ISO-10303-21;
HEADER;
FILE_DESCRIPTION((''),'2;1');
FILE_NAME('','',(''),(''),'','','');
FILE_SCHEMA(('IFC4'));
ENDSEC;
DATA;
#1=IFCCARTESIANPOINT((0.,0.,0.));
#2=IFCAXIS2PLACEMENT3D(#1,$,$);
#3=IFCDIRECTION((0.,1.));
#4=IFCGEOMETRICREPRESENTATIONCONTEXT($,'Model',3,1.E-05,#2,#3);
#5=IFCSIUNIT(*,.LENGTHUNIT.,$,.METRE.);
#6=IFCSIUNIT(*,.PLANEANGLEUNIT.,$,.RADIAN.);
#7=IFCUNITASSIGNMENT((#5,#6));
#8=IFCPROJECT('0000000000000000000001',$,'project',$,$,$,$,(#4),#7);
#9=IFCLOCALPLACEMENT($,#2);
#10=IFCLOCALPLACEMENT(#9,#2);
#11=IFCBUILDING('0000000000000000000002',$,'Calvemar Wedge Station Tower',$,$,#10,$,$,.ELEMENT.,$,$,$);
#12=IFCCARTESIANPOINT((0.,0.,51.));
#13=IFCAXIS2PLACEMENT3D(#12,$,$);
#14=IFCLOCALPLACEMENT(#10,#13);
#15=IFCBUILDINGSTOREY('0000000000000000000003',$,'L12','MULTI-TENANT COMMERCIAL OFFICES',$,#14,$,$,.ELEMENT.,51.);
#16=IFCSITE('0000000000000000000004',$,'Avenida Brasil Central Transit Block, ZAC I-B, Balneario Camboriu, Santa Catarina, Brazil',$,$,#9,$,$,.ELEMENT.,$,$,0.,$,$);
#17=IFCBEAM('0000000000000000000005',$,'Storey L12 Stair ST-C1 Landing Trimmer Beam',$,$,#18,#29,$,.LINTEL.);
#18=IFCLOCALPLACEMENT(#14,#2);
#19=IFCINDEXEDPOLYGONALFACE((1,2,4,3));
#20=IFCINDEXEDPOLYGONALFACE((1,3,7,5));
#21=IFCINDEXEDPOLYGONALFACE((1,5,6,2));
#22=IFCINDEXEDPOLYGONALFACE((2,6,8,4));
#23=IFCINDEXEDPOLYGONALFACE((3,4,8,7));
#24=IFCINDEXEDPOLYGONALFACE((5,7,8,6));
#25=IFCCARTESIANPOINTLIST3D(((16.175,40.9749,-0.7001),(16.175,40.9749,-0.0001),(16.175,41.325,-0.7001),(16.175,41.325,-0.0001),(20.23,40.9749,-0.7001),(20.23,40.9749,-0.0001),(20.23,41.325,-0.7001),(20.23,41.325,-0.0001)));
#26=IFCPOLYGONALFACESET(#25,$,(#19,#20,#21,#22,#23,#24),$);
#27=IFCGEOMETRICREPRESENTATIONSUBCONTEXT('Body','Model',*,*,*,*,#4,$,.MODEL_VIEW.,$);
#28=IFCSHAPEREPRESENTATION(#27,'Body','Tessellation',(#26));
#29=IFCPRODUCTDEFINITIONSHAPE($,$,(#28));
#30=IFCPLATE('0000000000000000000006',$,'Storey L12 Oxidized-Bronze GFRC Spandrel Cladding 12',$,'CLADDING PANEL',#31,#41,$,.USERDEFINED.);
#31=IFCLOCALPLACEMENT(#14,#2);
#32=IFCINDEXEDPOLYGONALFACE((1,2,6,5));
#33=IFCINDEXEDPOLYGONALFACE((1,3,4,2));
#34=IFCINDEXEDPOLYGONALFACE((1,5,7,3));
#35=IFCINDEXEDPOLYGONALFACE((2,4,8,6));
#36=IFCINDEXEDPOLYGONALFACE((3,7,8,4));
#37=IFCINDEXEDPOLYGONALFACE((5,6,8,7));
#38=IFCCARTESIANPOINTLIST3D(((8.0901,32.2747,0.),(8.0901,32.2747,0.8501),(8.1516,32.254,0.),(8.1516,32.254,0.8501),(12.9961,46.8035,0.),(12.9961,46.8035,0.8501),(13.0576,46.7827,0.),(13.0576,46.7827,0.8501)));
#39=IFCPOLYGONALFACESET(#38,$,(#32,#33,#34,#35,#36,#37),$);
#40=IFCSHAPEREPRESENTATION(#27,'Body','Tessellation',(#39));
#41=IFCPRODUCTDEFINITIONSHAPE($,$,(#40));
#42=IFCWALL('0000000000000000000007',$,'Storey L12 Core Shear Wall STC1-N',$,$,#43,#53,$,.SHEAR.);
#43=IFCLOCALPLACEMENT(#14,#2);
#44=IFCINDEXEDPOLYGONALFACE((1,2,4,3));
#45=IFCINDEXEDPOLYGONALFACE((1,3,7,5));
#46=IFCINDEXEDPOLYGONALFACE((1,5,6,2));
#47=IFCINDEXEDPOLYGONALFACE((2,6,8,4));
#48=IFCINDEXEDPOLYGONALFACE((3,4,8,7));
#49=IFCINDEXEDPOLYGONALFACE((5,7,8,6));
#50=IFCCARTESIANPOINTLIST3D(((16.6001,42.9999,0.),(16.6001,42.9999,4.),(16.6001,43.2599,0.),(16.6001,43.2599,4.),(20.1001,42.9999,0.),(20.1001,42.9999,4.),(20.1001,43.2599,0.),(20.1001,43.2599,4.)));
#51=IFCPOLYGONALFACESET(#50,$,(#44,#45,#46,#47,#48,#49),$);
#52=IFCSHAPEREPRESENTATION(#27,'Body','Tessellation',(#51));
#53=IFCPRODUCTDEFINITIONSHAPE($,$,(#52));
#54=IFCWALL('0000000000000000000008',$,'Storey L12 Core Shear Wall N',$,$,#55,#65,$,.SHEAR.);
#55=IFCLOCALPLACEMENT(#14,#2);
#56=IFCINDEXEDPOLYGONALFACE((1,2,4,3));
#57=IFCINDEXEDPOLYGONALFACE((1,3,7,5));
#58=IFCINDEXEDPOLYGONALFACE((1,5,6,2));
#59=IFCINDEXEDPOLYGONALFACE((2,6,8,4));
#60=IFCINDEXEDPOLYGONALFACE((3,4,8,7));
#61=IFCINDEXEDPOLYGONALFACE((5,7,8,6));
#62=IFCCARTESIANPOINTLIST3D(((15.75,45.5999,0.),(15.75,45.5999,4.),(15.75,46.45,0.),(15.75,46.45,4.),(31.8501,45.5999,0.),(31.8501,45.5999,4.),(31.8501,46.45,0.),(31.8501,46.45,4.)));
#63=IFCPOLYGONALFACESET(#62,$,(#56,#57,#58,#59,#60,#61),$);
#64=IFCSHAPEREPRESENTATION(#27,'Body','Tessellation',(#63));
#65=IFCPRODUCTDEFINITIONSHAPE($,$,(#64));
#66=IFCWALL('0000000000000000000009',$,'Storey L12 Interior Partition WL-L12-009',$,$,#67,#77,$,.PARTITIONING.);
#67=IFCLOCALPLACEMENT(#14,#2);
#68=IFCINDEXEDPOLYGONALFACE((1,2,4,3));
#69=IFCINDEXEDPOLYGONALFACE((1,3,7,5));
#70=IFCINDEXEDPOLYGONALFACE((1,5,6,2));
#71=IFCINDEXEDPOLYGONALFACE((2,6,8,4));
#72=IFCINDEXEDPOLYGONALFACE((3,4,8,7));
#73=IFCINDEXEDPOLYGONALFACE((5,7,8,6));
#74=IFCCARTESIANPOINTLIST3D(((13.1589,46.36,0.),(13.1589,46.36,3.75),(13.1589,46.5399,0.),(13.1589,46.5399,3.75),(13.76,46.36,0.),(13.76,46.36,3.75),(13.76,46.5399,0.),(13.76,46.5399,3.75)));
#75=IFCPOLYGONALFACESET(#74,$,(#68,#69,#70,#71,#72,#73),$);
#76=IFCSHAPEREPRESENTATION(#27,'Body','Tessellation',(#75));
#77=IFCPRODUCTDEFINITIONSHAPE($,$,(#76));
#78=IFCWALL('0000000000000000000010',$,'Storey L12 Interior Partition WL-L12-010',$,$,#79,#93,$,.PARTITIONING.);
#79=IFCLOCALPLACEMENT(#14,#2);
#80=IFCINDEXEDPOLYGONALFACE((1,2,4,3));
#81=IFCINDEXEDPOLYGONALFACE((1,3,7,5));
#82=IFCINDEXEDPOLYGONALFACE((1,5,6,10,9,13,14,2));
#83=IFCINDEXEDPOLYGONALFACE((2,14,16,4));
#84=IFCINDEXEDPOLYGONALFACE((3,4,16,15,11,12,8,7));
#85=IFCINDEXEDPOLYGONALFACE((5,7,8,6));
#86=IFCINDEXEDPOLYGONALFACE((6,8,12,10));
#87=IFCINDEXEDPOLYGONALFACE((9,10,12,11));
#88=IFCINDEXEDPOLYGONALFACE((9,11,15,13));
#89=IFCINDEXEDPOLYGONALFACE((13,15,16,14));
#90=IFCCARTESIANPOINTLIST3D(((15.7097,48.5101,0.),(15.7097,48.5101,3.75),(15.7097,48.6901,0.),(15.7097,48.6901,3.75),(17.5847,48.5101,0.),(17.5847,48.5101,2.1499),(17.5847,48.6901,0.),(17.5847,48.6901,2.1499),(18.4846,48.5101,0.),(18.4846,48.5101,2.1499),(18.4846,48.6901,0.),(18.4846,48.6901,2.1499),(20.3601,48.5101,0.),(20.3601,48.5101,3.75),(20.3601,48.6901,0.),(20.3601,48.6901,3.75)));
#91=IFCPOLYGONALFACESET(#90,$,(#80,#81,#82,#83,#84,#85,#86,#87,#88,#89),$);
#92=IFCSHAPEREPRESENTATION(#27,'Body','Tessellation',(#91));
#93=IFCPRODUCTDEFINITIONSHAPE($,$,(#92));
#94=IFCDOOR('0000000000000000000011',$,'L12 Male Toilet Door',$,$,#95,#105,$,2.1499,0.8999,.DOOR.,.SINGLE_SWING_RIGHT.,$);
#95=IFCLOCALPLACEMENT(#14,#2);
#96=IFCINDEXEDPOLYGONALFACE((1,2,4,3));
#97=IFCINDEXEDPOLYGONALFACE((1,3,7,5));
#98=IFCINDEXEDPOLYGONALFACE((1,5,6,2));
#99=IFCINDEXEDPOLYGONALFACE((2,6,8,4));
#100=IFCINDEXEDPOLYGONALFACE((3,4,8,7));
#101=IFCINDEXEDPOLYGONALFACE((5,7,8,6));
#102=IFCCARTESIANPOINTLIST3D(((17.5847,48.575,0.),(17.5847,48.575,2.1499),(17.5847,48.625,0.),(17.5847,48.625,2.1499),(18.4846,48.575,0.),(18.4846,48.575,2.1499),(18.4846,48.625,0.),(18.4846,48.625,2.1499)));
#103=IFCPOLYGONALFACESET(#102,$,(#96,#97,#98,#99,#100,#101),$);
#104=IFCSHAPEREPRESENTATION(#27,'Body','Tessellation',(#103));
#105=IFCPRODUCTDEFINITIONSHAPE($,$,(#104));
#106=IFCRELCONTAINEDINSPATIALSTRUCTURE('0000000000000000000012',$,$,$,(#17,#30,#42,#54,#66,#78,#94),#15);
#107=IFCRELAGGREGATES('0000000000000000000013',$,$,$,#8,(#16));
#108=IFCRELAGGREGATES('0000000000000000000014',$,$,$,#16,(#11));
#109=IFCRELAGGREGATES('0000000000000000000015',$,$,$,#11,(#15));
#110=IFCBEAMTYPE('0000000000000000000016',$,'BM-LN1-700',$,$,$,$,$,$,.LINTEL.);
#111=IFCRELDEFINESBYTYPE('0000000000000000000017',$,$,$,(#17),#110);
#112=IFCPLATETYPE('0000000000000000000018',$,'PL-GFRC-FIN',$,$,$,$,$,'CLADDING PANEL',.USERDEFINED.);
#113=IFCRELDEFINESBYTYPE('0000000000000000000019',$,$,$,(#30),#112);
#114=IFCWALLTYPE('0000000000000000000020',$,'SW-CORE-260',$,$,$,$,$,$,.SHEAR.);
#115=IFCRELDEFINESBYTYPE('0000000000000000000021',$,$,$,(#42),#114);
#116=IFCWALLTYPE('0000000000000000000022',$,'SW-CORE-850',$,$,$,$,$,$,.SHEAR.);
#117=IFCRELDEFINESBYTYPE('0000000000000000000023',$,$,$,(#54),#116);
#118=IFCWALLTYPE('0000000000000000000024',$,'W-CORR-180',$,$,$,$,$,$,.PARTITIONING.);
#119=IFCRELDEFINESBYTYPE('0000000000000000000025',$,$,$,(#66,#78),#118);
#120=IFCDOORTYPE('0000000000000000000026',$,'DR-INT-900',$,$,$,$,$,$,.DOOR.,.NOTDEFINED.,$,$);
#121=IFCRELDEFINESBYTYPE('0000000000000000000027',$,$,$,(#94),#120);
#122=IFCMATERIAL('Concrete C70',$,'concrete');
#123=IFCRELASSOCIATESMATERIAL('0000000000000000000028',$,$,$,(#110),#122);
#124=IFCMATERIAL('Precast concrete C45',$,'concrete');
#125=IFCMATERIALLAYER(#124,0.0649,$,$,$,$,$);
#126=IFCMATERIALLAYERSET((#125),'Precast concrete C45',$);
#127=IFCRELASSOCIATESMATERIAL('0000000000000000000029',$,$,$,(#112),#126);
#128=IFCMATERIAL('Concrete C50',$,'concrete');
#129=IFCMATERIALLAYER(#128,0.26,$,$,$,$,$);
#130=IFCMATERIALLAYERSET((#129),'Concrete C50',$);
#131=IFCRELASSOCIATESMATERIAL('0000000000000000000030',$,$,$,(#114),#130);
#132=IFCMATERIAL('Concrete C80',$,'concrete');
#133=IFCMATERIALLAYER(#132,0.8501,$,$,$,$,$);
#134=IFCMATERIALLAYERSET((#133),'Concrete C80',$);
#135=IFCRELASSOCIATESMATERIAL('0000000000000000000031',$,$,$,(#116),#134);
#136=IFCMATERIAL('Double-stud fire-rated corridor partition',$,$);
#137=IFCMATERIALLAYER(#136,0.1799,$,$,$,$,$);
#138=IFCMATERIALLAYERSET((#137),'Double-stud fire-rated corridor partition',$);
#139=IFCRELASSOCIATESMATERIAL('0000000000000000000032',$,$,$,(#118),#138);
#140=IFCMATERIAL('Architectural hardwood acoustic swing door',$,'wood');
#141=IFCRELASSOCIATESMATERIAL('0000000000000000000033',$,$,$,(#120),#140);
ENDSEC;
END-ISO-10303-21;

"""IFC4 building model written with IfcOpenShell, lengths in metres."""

from ifc_helpers import new_model, si_unit, direction, frame, frame_2d, origin, origin_2d, place, context, subcontext, project, spatial, rectangle, extrude, source, transform, mapped, material, layer, layer_set, material_profile, profile_set, type_object, element, fill, save


model = new_model("IFC4")

# Units and contexts
model_context = context("Model", 3, precision=1e-05, world=origin(), true_north=direction((0.0, 1.0)))
body_context = subcontext(model_context, "Body", "Model", "MODEL_VIEW")
ifc_project = project(units=[si_unit("LENGTHUNIT", "METRE"), si_unit("PLANEANGLEUNIT", "RADIAN")], contexts=[model_context])

# Site, building, storey
site_placement = place(None, origin())
site = spatial("IfcSite", under=ifc_project, at=site_placement, Name="Avenida Brasil Central Transit Block, ZAC I-B, Balneario Camboriu, Santa Catarina, Brazil", CompositionType="ELEMENT", RefElevation=0.0)
building_placement = place(site_placement, origin())
building = spatial("IfcBuilding", under=site, at=building_placement, Name="Calvemar Wedge Station Tower", CompositionType="ELEMENT")
storey_placement = place(building_placement, frame((0.0, 0.0, 51.0)))
storey = spatial("IfcBuildingStorey", under=building, at=storey_placement, Name="L12", Description="MULTI-TENANT COMMERCIAL OFFICES", CompositionType="ELEMENT", Elevation=51.0)

# Beam
ifc_material_1 = material(Name="Concrete C70", Category="concrete")
ifc_material_profile = material_profile(ifc_material_1, rectangle(XDim=0.3501, YDim=0.7, at=origin_2d()), Name="RC350x700")
ifc_profile_set = profile_set([ifc_material_profile], Name="Concrete C70")
beam_type = type_object("IfcBeamType", Name="BM-LN1-700", PredefinedType="LINTEL", material=ifc_profile_set)
shared_shape_1 = source(origin(), body_context, "Body", "SweptSolid", [
    extrude(rectangle(XDim=0.3501, YDim=0.7, at=origin_2d()), origin(), (0.0, 0.0, 1.0), 4.0549),
])
beam_placement = place(storey_placement, frame((16.175, 41.1499, -0.3501), z_axis=(1.0, 0.0, 0.0), x_axis=(0.0, 1.0, 0.0)))
element("IfcBeam", 1, at=beam_placement, inside=storey, type_object=beam_type, Name="Storey L12 Stair ST-C1 Landing Trimmer Beam", PredefinedType="LINTEL", context=body_context, shape_type="MappedRepresentation", body=[
    mapped(shared_shape_1, transform((0.0, 0.0, 0.0), scale=1.0)),
])

# Plate
ifc_material_2 = material(Name="Precast concrete C45", Category="concrete")
ifc_layer_1 = layer(ifc_material_2, 0.0649)
ifc_layer_set_1 = layer_set([ifc_layer_1], Name="Precast concrete C45")
plate_type = type_object("IfcPlateType", Name="PL-GFRC-FIN", ElementType="CLADDING PANEL", PredefinedType="USERDEFINED", material=ifc_layer_set_1)
plate_placement = place(storey_placement, frame((13.0269, 46.7932, 0.0), z_axis=(0.0, 0.0, 1.0), x_axis=(-0.319927, -0.947442, 0.0)))
element("IfcPlate", 2, at=plate_placement, inside=storey, type_object=plate_type, Name="Storey L12 Oxidized-Bronze GFRC Spandrel Cladding 12", ObjectType="CLADDING PANEL", PredefinedType="USERDEFINED", context=body_context, shape_type="SweptSolid", body=[
    extrude(rectangle(XDim=15.3347, YDim=0.0649, at=frame_2d((7.6675, 0.0))), origin(), (0.0, 0.0, 1.0), 0.8501),
])

# Walls
ifc_material_3 = material(Name="Concrete C50", Category="concrete")
ifc_layer_2 = layer(ifc_material_3, 0.26)
ifc_layer_set_2 = layer_set([ifc_layer_2], Name="Concrete C50")
wall_type_1 = type_object("IfcWallType", Name="SW-CORE-260", PredefinedType="SHEAR", material=ifc_layer_set_2)
wall_1_placement = place(storey_placement, frame((16.6001, 43.1299, 0.0), z_axis=(0.0, 0.0, 1.0), x_axis=(1.0, 0.0, 0.0)))
element("IfcWall", 3, at=wall_1_placement, inside=storey, type_object=wall_type_1, Name="Storey L12 Core Shear Wall STC1-N", PredefinedType="SHEAR", context=body_context, shape_type="SweptSolid", body=[
    extrude(rectangle(XDim=3.5, YDim=0.26, at=frame_2d((1.75, 0.0))), origin(), (0.0, 0.0, 1.0), 4.0),
])
ifc_material_4 = material(Name="Concrete C80", Category="concrete")
ifc_layer_3 = layer(ifc_material_4, 0.8501)
ifc_layer_set_3 = layer_set([ifc_layer_3], Name="Concrete C80")
wall_type_2 = type_object("IfcWallType", Name="SW-CORE-850", PredefinedType="SHEAR", material=ifc_layer_set_3)
wall_2_placement = place(storey_placement, frame((15.75, 46.0249, 0.0), z_axis=(0.0, 0.0, 1.0), x_axis=(1.0, 0.0, 0.0)))
element("IfcWall", 4, at=wall_2_placement, inside=storey, type_object=wall_type_2, Name="Storey L12 Core Shear Wall N", PredefinedType="SHEAR", context=body_context, shape_type="SweptSolid", body=[
    extrude(rectangle(XDim=16.1001, YDim=0.8501, at=frame_2d((8.05, 0.0))), origin(), (0.0, 0.0, 1.0), 4.0),
])
ifc_material_5 = material(Name="Double-stud fire-rated corridor partition")
ifc_layer_4 = layer(ifc_material_5, 0.1799)
ifc_layer_set_4 = layer_set([ifc_layer_4], Name="Double-stud fire-rated corridor partition")
wall_type_3 = type_object("IfcWallType", Name="W-CORR-180", PredefinedType="PARTITIONING", material=ifc_layer_set_4)
wall_3_placement = place(storey_placement, frame((13.76, 46.45, 0.0), z_axis=(0.0, 0.0, 1.0), x_axis=(-1.0, 0.0, 0.0)))
element("IfcWall", 5, at=wall_3_placement, inside=storey, type_object=wall_type_3, Name="Storey L12 Interior Partition WL-L12-009", PredefinedType="PARTITIONING", context=body_context, shape_type="SweptSolid", body=[
    extrude(rectangle(XDim=0.6011, YDim=0.1799, at=frame_2d((0.3005, 0.0))), origin(), (0.0, 0.0, 1.0), 3.75),
])

# Wall, opening, door
wall_4_placement = place(storey_placement, frame((15.7097, 48.6001, 0.0), z_axis=(0.0, 0.0, 1.0), x_axis=(1.0, 0.0, 0.0)))
wall_4 = element("IfcWall", 6, at=wall_4_placement, inside=storey, type_object=wall_type_3, Name="Storey L12 Interior Partition WL-L12-010", PredefinedType="PARTITIONING", context=body_context, shape_type="SweptSolid", body=[
    extrude(rectangle(XDim=4.6504, YDim=0.1799, at=frame_2d((2.3252, 0.0))), origin(), (0.0, 0.0, 1.0), 3.75),
])
shared_shape_2 = source(origin(), body_context, "Body", "SweptSolid", [
    extrude(rectangle(XDim=0.8999, YDim=2.1499, at=frame_2d((0.45, 1.075))), frame((0.0, 0.1001, 0.0), z_axis=(0.0, -1.0, 0.0), x_axis=(1.0, 0.0, 0.0)), (0.0, 0.0, 1.0), 0.2),
])
opening_1_placement = place(wall_4_placement, frame((1.875, 0.0, 0.0)))
opening_1 = element("IfcOpeningElement", 7, at=opening_1_placement, cuts=wall_4, PredefinedType="OPENING", context=body_context, shape_type="MappedRepresentation", body=[
    mapped(shared_shape_2, transform((0.0, 0.0, 0.0), scale=1.0)),
])
ifc_material_6 = material(Name="Architectural hardwood acoustic swing door", Category="wood")
door_type = type_object("IfcDoorType", Name="DR-INT-900", OperationType="NOTDEFINED", PredefinedType="DOOR", material=ifc_material_6)
shared_shape_3 = source(origin(), body_context, "Body", "SweptSolid", [
    extrude(rectangle(XDim=0.8999, YDim=2.1499, at=frame_2d((0.45, 1.075))), frame((0.0, 0.0249, 0.0), z_axis=(0.0, -1.0, 0.0), x_axis=(1.0, 0.0, 0.0)), (0.0, 0.0, 1.0), 0.05),
])
door_placement = place(opening_1_placement, origin())
door = element("IfcDoor", 8, at=door_placement, inside=storey, type_object=door_type, Name="L12 Male Toilet Door", OperationType="SINGLE_SWING_RIGHT", OverallHeight=2.1499, OverallWidth=0.8999, PredefinedType="DOOR", context=body_context, shape_type="MappedRepresentation", body=[
    mapped(shared_shape_3, transform((0.0, 0.0, 0.0), scale=1.0)),
])
fill(opening_1, door)

save(model, "model.ifc")
